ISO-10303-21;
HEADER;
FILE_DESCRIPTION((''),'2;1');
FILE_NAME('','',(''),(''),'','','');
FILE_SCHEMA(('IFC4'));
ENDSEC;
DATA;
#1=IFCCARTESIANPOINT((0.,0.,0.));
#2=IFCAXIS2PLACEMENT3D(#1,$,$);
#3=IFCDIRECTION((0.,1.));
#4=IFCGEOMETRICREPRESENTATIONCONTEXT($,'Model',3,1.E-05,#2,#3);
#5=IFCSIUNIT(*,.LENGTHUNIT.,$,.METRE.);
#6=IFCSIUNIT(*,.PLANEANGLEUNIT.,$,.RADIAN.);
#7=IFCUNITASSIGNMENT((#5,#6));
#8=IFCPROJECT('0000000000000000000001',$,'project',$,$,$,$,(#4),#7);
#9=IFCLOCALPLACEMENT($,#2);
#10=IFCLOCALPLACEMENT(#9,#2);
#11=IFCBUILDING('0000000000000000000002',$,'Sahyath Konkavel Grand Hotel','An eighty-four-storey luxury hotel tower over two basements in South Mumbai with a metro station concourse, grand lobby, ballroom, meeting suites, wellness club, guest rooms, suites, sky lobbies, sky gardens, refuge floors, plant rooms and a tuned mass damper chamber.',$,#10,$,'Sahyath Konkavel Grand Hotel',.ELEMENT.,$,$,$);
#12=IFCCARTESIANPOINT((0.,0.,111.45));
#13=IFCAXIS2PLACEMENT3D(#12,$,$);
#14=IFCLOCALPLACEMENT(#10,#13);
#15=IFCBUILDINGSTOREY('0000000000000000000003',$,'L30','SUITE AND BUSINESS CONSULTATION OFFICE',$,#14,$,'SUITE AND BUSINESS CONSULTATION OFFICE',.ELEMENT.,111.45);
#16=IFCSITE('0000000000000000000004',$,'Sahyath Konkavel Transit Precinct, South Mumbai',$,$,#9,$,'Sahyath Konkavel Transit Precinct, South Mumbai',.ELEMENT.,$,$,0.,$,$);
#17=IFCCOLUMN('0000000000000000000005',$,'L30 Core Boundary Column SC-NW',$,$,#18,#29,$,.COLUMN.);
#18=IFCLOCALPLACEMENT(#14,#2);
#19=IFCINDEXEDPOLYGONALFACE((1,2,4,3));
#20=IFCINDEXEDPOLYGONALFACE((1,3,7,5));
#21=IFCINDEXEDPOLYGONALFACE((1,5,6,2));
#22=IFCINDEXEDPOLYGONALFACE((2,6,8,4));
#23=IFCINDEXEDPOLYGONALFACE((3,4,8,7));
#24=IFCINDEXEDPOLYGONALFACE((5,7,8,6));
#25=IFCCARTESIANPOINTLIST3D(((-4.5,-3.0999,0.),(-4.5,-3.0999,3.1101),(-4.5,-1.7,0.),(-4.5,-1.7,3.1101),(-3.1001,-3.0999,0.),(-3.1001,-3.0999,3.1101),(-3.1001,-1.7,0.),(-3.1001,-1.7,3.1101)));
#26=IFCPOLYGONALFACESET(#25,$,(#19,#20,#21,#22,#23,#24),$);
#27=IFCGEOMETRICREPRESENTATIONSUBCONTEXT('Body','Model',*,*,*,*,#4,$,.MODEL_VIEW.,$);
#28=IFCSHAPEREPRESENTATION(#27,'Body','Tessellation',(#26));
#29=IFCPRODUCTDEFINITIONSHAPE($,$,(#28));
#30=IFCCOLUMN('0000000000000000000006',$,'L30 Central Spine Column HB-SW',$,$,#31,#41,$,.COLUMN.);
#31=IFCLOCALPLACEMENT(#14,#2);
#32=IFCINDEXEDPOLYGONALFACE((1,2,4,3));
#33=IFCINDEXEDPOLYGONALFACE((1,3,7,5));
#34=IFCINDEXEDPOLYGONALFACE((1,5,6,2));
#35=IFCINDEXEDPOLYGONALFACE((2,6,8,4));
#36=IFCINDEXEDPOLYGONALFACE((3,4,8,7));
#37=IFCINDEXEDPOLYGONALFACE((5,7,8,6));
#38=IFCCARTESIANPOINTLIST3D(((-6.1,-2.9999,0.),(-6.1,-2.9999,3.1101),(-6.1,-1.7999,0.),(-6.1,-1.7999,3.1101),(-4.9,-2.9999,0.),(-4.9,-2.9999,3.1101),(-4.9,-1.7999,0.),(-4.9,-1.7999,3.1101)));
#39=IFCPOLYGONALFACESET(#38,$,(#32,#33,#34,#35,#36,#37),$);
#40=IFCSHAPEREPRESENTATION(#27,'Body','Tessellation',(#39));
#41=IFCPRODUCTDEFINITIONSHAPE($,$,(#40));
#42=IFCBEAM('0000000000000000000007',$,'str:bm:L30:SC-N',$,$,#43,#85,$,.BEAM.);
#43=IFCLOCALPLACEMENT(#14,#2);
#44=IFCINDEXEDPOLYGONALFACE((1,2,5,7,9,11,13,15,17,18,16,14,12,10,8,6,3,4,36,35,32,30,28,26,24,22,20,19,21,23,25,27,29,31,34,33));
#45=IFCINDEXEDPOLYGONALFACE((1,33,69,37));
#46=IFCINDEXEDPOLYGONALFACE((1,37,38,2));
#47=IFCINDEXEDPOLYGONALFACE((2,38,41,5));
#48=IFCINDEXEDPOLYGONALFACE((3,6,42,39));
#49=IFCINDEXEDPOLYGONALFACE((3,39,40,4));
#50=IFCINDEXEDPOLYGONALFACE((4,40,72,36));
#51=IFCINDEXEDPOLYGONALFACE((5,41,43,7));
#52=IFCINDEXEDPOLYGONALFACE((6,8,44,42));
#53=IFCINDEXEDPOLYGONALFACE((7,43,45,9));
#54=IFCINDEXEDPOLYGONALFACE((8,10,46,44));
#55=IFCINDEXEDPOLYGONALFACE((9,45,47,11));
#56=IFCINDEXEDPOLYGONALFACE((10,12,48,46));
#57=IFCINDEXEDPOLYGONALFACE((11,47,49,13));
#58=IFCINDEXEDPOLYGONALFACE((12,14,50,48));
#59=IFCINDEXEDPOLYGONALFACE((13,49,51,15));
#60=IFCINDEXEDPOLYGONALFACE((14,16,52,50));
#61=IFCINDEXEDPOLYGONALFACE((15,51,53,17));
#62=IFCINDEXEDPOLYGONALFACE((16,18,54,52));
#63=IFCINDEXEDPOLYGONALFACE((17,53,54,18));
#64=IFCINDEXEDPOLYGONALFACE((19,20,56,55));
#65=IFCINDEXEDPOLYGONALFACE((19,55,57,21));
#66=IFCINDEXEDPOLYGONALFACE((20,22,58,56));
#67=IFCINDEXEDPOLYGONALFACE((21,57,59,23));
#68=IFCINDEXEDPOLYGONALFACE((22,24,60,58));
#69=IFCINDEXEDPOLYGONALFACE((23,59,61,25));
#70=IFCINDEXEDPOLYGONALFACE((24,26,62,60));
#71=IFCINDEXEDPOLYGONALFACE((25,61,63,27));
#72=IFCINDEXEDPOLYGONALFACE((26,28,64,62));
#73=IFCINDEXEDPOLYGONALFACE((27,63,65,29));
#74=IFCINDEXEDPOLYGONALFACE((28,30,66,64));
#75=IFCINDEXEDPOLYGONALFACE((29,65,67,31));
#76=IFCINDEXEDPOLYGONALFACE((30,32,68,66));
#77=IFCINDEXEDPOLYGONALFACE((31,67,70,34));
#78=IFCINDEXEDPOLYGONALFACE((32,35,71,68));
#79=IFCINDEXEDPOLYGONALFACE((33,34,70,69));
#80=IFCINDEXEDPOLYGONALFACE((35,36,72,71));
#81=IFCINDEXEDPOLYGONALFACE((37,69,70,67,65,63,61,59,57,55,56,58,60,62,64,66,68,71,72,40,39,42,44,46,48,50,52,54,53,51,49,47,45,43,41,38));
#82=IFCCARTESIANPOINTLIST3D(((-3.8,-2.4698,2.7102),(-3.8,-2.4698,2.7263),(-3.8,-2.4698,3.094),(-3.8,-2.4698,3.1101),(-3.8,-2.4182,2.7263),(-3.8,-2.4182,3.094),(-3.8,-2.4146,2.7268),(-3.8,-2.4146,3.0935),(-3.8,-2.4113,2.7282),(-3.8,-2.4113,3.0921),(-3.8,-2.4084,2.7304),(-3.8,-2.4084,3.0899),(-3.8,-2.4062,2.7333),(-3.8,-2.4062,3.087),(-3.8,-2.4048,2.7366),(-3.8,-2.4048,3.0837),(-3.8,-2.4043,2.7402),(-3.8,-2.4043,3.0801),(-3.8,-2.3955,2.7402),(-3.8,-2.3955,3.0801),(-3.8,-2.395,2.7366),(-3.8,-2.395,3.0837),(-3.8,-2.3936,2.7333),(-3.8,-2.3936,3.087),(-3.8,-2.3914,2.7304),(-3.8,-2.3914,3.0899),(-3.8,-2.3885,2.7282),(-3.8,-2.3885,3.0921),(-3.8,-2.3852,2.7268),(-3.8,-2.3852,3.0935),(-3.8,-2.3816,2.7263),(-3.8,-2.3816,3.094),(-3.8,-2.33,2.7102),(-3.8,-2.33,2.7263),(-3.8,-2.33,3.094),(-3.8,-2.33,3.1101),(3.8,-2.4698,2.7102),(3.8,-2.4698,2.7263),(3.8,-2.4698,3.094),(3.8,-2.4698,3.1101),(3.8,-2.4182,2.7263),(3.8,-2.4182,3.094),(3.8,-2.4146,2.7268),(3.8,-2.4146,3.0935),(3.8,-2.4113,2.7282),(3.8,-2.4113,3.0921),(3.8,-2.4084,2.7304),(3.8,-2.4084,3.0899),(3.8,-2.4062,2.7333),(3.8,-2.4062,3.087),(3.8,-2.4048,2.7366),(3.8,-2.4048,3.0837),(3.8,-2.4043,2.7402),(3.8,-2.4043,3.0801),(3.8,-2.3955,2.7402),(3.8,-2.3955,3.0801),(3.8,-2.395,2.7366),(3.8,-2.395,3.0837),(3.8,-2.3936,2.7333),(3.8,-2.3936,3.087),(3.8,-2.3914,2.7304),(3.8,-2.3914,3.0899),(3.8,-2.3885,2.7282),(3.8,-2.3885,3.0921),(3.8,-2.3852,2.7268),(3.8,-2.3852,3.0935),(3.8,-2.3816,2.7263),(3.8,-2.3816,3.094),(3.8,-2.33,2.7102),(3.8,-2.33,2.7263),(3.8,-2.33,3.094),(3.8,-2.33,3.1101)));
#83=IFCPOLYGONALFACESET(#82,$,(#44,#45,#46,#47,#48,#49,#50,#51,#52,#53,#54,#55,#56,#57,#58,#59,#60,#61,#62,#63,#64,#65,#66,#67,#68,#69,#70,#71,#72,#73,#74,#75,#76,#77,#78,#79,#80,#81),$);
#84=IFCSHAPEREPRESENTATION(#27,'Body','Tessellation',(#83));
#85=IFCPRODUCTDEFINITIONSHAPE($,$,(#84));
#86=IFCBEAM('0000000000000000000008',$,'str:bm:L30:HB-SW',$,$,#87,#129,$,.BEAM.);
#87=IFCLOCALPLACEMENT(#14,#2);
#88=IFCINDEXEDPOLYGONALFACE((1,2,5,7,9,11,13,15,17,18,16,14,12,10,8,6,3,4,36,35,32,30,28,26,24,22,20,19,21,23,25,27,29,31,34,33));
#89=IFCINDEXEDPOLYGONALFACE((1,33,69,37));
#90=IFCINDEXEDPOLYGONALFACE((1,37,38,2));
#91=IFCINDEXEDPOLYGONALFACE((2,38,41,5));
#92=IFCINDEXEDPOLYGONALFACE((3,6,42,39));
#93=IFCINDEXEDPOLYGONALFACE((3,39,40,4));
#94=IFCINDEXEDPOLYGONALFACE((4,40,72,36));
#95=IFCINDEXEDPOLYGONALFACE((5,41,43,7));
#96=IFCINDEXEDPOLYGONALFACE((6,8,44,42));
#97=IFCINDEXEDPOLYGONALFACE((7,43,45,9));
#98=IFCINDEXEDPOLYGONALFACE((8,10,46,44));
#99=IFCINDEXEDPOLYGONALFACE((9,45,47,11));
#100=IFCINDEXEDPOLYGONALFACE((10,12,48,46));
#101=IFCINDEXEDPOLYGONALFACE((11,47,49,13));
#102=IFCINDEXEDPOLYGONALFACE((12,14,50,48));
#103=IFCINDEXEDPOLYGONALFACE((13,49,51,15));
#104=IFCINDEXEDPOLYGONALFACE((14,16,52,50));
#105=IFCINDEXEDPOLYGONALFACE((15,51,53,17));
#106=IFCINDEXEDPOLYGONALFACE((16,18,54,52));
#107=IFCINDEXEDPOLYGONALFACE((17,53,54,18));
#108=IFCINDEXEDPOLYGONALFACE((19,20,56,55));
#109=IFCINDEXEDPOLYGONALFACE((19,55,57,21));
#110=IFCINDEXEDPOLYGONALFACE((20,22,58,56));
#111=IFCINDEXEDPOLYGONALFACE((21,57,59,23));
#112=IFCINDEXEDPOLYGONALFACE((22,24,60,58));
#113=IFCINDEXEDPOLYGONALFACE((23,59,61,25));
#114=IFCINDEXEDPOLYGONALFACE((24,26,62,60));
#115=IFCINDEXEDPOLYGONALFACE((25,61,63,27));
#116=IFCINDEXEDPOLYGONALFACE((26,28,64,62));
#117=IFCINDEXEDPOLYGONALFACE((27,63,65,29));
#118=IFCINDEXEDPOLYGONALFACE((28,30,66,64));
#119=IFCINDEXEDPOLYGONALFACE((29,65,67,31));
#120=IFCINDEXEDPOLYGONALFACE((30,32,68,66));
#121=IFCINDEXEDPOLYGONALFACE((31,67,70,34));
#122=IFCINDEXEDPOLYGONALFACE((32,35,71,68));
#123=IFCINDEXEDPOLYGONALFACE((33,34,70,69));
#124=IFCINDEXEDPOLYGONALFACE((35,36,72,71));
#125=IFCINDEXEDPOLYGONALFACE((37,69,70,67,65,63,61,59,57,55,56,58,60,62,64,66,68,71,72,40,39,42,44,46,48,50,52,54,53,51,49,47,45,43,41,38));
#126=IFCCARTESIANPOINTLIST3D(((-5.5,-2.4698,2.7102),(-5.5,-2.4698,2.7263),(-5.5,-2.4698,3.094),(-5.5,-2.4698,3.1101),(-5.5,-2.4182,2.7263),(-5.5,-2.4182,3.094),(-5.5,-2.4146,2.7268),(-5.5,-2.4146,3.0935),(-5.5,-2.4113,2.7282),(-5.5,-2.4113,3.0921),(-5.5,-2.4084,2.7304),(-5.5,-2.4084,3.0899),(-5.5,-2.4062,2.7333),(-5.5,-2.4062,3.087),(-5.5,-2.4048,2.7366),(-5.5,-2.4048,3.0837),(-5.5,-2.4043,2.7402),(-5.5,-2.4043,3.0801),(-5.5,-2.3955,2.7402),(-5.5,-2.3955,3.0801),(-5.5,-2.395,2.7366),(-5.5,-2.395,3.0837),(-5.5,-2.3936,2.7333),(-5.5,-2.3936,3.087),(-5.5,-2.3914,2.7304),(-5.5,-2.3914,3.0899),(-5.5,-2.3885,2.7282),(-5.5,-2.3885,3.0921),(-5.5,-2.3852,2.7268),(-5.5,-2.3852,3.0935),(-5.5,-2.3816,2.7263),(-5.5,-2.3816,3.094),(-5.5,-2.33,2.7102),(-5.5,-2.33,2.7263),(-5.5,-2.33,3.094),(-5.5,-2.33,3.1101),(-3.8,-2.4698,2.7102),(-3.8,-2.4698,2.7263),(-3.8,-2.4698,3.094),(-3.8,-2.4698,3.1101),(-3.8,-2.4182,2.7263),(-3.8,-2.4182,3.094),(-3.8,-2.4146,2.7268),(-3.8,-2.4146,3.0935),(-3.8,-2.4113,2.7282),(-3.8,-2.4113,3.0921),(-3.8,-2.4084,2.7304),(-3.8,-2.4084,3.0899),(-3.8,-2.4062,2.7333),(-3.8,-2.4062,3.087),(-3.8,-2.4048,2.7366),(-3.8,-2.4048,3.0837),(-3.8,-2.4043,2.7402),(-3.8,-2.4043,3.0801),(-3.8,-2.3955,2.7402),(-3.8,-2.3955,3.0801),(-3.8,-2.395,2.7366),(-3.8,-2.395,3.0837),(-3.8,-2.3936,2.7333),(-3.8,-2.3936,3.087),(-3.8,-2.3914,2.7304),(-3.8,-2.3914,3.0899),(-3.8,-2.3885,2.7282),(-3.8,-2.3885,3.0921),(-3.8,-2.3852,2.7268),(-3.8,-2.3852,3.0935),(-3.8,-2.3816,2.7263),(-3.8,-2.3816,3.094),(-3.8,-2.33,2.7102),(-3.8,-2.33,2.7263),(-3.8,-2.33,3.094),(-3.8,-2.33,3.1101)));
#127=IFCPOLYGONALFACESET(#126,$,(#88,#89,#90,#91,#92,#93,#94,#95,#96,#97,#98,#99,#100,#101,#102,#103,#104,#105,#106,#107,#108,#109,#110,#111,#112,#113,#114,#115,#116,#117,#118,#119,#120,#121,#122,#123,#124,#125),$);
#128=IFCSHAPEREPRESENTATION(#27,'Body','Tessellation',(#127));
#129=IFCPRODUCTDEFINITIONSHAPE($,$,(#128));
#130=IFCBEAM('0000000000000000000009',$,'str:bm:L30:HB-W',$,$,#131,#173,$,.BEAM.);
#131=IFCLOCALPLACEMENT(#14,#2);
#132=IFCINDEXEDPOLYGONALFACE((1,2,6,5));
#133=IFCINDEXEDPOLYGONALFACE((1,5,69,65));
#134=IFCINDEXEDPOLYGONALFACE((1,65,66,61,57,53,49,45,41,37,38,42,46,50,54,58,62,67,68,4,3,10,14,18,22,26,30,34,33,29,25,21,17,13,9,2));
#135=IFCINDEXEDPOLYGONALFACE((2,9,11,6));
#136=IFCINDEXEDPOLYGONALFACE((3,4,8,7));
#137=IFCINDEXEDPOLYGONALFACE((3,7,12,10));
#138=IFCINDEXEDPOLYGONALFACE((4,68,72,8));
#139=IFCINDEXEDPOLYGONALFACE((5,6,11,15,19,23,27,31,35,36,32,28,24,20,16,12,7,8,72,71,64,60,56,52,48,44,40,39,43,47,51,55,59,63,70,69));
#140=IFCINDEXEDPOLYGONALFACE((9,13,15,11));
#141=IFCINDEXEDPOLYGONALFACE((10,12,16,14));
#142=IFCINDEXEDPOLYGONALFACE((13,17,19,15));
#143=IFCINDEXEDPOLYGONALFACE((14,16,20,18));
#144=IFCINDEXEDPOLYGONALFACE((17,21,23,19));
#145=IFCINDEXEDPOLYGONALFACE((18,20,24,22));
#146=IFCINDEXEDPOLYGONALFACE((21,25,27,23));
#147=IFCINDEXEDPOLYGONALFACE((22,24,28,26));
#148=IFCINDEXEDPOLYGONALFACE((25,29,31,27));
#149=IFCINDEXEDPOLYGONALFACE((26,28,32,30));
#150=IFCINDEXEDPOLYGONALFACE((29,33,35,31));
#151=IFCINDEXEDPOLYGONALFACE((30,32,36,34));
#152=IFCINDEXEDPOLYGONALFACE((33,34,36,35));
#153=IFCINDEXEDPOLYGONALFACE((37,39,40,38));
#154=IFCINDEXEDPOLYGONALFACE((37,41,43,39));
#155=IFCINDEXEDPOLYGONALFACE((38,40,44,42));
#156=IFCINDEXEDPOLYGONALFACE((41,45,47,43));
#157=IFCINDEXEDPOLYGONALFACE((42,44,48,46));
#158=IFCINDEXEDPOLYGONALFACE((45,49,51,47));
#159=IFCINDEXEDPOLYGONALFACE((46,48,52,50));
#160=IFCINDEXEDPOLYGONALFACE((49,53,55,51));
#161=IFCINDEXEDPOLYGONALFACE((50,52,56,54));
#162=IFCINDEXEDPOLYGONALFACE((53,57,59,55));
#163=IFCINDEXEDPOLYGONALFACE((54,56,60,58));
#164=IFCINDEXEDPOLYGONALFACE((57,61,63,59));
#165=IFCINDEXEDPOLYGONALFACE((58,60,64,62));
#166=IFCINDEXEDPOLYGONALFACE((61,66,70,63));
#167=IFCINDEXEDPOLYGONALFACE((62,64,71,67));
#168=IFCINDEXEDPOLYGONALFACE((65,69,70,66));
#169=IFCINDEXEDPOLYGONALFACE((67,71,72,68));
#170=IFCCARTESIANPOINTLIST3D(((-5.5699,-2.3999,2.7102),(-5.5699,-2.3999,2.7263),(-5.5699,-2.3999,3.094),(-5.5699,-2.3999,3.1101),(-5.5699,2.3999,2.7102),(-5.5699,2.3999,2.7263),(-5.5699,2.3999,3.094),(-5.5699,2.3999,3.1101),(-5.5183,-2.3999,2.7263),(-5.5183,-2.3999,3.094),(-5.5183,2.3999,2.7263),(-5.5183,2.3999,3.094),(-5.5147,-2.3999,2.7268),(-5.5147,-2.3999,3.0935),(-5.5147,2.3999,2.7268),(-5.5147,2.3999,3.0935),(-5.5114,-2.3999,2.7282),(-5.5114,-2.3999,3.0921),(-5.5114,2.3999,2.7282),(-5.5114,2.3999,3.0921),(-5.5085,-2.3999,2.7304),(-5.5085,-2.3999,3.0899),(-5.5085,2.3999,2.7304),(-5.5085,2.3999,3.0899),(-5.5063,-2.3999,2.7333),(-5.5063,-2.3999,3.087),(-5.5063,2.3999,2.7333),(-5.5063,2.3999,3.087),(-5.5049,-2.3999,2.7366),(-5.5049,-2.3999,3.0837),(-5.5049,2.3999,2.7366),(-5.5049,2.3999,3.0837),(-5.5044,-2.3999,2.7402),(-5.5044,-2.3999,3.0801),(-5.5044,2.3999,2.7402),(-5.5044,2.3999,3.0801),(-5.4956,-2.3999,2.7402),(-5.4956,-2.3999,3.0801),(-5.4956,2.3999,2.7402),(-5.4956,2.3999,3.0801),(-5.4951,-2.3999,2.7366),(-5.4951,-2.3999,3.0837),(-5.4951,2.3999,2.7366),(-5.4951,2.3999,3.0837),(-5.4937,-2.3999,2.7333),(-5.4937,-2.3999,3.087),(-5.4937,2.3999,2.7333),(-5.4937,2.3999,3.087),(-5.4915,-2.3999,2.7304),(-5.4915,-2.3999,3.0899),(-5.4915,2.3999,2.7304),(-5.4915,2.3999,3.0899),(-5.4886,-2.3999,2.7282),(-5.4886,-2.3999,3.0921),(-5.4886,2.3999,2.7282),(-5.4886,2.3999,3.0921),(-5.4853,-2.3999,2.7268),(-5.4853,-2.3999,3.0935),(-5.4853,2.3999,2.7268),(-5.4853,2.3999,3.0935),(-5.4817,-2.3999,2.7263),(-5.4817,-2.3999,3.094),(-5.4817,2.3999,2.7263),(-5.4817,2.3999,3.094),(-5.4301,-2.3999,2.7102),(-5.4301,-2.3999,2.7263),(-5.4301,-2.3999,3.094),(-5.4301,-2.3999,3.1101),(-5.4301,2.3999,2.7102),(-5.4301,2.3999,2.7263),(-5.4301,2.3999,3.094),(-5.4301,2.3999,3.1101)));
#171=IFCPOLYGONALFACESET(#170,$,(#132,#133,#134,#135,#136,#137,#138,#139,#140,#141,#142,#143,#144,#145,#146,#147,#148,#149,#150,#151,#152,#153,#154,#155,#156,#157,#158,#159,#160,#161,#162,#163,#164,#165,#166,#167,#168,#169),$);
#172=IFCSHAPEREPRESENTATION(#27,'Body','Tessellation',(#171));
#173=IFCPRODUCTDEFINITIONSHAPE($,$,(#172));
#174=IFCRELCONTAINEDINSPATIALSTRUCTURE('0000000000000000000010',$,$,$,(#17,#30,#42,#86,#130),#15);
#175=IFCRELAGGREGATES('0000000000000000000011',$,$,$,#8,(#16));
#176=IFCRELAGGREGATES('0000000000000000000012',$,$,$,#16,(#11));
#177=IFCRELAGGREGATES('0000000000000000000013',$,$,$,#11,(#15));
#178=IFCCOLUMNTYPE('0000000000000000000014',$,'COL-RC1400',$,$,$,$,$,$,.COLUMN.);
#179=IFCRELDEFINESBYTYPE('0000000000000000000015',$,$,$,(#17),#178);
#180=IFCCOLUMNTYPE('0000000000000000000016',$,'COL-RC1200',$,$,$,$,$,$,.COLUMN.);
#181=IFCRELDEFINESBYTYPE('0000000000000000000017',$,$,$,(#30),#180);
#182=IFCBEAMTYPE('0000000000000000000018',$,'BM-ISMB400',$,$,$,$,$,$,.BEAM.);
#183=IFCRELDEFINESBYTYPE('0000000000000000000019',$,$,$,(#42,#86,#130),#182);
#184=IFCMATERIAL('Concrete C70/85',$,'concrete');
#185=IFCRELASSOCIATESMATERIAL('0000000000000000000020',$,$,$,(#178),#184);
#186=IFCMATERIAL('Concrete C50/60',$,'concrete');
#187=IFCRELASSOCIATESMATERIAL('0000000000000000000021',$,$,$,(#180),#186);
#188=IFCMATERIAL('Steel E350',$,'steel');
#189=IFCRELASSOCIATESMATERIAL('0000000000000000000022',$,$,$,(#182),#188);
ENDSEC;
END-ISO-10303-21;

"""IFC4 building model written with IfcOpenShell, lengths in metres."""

from ifc_helpers import new_model, si_unit, direction, frame, origin, origin_2d, place, context, subcontext, project, spatial, rectangle, i_section, extrude, source, transform, mapped, material, material_profile, profile_set, type_object, element, save


model = new_model("IFC4")

# Units and contexts
model_context = context("Model", 3, precision=1e-05, world=origin(), true_north=direction((0.0, 1.0)))
body_context = subcontext(model_context, "Body", "Model", "MODEL_VIEW")
ifc_project = project(units=[si_unit("LENGTHUNIT", "METRE"), si_unit("PLANEANGLEUNIT", "RADIAN")], contexts=[model_context])

# Site, building, storey
site_placement = place(None, origin())
site = spatial("IfcSite", under=ifc_project, at=site_placement, Name="Sahyath Konkavel Transit Precinct, South Mumbai", LongName="Sahyath Konkavel Transit Precinct, South Mumbai", CompositionType="ELEMENT", RefElevation=0.0)
building_placement = place(site_placement, origin())
building = spatial("IfcBuilding", under=site, at=building_placement, Name="Sahyath Konkavel Grand Hotel", Description="An eighty-four-storey luxury hotel tower over two basements in South Mumbai with a metro station concourse, grand lobby, ballroom, meeting suites, wellness club, guest rooms, suites, sky lobbies, sky gardens, refuge floors, plant rooms and a tuned mass damper chamber.", LongName="Sahyath Konkavel Grand Hotel", CompositionType="ELEMENT")
storey_placement = place(building_placement, frame((0.0, 0.0, 111.45)))
storey = spatial("IfcBuildingStorey", under=building, at=storey_placement, Name="L30", Description="SUITE AND BUSINESS CONSULTATION OFFICE", LongName="SUITE AND BUSINESS CONSULTATION OFFICE", CompositionType="ELEMENT", Elevation=111.45)

# Columns
ifc_material_1 = material(Name="Concrete C70/85", Category="concrete")
ifc_material_profile_1 = material_profile(ifc_material_1, rectangle(XDim=1.3999, YDim=1.3999, at=origin_2d()), Name="RC 1400x1400")
ifc_profile_set_1 = profile_set([ifc_material_profile_1], Name="Concrete C70/85")
column_type_1 = type_object("IfcColumnType", Name="COL-RC1400", PredefinedType="COLUMN", material=ifc_profile_set_1)
shared_shape_1 = source(origin(), body_context, "Body", "SweptSolid", [
    extrude(rectangle(XDim=1.3999, YDim=1.3999, at=origin_2d()), origin(), (0.0, 0.0, 1.0), 3.1101),
])
column_1_placement = place(storey_placement, frame((-3.8, -2.3999, 0.0), z_axis=(0.0, 0.0, 1.0), x_axis=(1.0, 0.0, 0.0)))
element("IfcColumn", 1, at=column_1_placement, inside=storey, type_object=column_type_1, Name="L30 Core Boundary Column SC-NW", PredefinedType="COLUMN", context=body_context, shape_type="MappedRepresentation", body=[
    mapped(shared_shape_1, transform((0.0, 0.0, 0.0), scale=1.0)),
])
ifc_material_2 = material(Name="Concrete C50/60", Category="concrete")
ifc_material_profile_2 = material_profile(ifc_material_2, rectangle(XDim=1.2, YDim=1.2, at=origin_2d()), Name="RC 1200x1200")
ifc_profile_set_2 = profile_set([ifc_material_profile_2], Name="Concrete C50/60")
column_type_2 = type_object("IfcColumnType", Name="COL-RC1200", PredefinedType="COLUMN", material=ifc_profile_set_2)
shared_shape_2 = source(origin(), body_context, "Body", "SweptSolid", [
    extrude(rectangle(XDim=1.2, YDim=1.2, at=origin_2d()), origin(), (0.0, 0.0, 1.0), 3.1101),
])
column_2_placement = place(storey_placement, frame((-5.5, -2.3999, 0.0), z_axis=(0.0, 0.0, 1.0), x_axis=(1.0, 0.0, 0.0)))
element("IfcColumn", 2, at=column_2_placement, inside=storey, type_object=column_type_2, Name="L30 Central Spine Column HB-SW", PredefinedType="COLUMN", context=body_context, shape_type="MappedRepresentation", body=[
    mapped(shared_shape_2, transform((0.0, 0.0, 0.0), scale=1.0)),
])

# Beams
ifc_material_3 = material(Name="Steel E350", Category="steel")
ifc_material_profile_3 = material_profile(ifc_material_3, i_section(OverallWidth=0.1399, OverallDepth=0.3999, WebThickness=0.0088, FlangeThickness=0.0161, FilletRadius=0.0139, at=origin_2d()), Name="ISMB 400")
ifc_profile_set_3 = profile_set([ifc_material_profile_3], Name="Steel E350")
beam_type_1 = type_object("IfcBeamType", Name="BM-ISMB400", PredefinedType="BEAM", material=ifc_profile_set_3)
shared_shape_3 = source(origin(), body_context, "Body", "SweptSolid", [
    extrude(i_section(OverallWidth=0.1399, OverallDepth=0.3999, WebThickness=0.0088, FlangeThickness=0.0161, FilletRadius=0.0139, at=origin_2d()), origin(), (0.0, 0.0, 1.0), 7.6001),
])
beam_1_placement = place(storey_placement, frame((-3.8, -2.3999, 2.9102), z_axis=(1.0, 0.0, 0.0), x_axis=(0.0, 1.0, 0.0)))
element("IfcBeam", 3, at=beam_1_placement, inside=storey, type_object=beam_type_1, Name="str:bm:L30:SC-N", PredefinedType="BEAM", context=body_context, shape_type="MappedRepresentation", body=[
    mapped(shared_shape_3, transform((0.0, 0.0, 0.0), scale=1.0)),
])
shared_shape_4 = source(origin(), body_context, "Body", "SweptSolid", [
    extrude(i_section(OverallWidth=0.1399, OverallDepth=0.3999, WebThickness=0.0088, FlangeThickness=0.0161, FilletRadius=0.0139, at=origin_2d()), origin(), (0.0, 0.0, 1.0), 1.7),
])
beam_2_placement = place(storey_placement, frame((-5.5, -2.3999, 2.9102), z_axis=(1.0, 0.0, 0.0), x_axis=(0.0, 1.0, 0.0)))
element("IfcBeam", 4, at=beam_2_placement, inside=storey, type_object=beam_type_1, Name="str:bm:L30:HB-SW", PredefinedType="BEAM", context=body_context, shape_type="MappedRepresentation", body=[
    mapped(shared_shape_4, transform((0.0, 0.0, 0.0), scale=1.0)),
])
shared_shape_5 = source(origin(), body_context, "Body", "SweptSolid", [
    extrude(i_section(OverallWidth=0.1399, OverallDepth=0.3999, WebThickness=0.0088, FlangeThickness=0.0161, FilletRadius=0.0139, at=origin_2d()), origin(), (0.0, 0.0, 1.0), 4.7998),
])
beam_3_placement = place(storey_placement, frame((-5.5, -2.3999, 2.9102), z_axis=(0.0, 1.0, 0.0), x_axis=(-1.0, 0.0, 0.0)))
element("IfcBeam", 5, at=beam_3_placement, inside=storey, type_object=beam_type_1, Name="str:bm:L30:HB-W", PredefinedType="BEAM", context=body_context, shape_type="MappedRepresentation", body=[
    mapped(shared_shape_5, transform((0.0, 0.0, 0.0), scale=1.0)),
])

save(model, "model.ifc")
